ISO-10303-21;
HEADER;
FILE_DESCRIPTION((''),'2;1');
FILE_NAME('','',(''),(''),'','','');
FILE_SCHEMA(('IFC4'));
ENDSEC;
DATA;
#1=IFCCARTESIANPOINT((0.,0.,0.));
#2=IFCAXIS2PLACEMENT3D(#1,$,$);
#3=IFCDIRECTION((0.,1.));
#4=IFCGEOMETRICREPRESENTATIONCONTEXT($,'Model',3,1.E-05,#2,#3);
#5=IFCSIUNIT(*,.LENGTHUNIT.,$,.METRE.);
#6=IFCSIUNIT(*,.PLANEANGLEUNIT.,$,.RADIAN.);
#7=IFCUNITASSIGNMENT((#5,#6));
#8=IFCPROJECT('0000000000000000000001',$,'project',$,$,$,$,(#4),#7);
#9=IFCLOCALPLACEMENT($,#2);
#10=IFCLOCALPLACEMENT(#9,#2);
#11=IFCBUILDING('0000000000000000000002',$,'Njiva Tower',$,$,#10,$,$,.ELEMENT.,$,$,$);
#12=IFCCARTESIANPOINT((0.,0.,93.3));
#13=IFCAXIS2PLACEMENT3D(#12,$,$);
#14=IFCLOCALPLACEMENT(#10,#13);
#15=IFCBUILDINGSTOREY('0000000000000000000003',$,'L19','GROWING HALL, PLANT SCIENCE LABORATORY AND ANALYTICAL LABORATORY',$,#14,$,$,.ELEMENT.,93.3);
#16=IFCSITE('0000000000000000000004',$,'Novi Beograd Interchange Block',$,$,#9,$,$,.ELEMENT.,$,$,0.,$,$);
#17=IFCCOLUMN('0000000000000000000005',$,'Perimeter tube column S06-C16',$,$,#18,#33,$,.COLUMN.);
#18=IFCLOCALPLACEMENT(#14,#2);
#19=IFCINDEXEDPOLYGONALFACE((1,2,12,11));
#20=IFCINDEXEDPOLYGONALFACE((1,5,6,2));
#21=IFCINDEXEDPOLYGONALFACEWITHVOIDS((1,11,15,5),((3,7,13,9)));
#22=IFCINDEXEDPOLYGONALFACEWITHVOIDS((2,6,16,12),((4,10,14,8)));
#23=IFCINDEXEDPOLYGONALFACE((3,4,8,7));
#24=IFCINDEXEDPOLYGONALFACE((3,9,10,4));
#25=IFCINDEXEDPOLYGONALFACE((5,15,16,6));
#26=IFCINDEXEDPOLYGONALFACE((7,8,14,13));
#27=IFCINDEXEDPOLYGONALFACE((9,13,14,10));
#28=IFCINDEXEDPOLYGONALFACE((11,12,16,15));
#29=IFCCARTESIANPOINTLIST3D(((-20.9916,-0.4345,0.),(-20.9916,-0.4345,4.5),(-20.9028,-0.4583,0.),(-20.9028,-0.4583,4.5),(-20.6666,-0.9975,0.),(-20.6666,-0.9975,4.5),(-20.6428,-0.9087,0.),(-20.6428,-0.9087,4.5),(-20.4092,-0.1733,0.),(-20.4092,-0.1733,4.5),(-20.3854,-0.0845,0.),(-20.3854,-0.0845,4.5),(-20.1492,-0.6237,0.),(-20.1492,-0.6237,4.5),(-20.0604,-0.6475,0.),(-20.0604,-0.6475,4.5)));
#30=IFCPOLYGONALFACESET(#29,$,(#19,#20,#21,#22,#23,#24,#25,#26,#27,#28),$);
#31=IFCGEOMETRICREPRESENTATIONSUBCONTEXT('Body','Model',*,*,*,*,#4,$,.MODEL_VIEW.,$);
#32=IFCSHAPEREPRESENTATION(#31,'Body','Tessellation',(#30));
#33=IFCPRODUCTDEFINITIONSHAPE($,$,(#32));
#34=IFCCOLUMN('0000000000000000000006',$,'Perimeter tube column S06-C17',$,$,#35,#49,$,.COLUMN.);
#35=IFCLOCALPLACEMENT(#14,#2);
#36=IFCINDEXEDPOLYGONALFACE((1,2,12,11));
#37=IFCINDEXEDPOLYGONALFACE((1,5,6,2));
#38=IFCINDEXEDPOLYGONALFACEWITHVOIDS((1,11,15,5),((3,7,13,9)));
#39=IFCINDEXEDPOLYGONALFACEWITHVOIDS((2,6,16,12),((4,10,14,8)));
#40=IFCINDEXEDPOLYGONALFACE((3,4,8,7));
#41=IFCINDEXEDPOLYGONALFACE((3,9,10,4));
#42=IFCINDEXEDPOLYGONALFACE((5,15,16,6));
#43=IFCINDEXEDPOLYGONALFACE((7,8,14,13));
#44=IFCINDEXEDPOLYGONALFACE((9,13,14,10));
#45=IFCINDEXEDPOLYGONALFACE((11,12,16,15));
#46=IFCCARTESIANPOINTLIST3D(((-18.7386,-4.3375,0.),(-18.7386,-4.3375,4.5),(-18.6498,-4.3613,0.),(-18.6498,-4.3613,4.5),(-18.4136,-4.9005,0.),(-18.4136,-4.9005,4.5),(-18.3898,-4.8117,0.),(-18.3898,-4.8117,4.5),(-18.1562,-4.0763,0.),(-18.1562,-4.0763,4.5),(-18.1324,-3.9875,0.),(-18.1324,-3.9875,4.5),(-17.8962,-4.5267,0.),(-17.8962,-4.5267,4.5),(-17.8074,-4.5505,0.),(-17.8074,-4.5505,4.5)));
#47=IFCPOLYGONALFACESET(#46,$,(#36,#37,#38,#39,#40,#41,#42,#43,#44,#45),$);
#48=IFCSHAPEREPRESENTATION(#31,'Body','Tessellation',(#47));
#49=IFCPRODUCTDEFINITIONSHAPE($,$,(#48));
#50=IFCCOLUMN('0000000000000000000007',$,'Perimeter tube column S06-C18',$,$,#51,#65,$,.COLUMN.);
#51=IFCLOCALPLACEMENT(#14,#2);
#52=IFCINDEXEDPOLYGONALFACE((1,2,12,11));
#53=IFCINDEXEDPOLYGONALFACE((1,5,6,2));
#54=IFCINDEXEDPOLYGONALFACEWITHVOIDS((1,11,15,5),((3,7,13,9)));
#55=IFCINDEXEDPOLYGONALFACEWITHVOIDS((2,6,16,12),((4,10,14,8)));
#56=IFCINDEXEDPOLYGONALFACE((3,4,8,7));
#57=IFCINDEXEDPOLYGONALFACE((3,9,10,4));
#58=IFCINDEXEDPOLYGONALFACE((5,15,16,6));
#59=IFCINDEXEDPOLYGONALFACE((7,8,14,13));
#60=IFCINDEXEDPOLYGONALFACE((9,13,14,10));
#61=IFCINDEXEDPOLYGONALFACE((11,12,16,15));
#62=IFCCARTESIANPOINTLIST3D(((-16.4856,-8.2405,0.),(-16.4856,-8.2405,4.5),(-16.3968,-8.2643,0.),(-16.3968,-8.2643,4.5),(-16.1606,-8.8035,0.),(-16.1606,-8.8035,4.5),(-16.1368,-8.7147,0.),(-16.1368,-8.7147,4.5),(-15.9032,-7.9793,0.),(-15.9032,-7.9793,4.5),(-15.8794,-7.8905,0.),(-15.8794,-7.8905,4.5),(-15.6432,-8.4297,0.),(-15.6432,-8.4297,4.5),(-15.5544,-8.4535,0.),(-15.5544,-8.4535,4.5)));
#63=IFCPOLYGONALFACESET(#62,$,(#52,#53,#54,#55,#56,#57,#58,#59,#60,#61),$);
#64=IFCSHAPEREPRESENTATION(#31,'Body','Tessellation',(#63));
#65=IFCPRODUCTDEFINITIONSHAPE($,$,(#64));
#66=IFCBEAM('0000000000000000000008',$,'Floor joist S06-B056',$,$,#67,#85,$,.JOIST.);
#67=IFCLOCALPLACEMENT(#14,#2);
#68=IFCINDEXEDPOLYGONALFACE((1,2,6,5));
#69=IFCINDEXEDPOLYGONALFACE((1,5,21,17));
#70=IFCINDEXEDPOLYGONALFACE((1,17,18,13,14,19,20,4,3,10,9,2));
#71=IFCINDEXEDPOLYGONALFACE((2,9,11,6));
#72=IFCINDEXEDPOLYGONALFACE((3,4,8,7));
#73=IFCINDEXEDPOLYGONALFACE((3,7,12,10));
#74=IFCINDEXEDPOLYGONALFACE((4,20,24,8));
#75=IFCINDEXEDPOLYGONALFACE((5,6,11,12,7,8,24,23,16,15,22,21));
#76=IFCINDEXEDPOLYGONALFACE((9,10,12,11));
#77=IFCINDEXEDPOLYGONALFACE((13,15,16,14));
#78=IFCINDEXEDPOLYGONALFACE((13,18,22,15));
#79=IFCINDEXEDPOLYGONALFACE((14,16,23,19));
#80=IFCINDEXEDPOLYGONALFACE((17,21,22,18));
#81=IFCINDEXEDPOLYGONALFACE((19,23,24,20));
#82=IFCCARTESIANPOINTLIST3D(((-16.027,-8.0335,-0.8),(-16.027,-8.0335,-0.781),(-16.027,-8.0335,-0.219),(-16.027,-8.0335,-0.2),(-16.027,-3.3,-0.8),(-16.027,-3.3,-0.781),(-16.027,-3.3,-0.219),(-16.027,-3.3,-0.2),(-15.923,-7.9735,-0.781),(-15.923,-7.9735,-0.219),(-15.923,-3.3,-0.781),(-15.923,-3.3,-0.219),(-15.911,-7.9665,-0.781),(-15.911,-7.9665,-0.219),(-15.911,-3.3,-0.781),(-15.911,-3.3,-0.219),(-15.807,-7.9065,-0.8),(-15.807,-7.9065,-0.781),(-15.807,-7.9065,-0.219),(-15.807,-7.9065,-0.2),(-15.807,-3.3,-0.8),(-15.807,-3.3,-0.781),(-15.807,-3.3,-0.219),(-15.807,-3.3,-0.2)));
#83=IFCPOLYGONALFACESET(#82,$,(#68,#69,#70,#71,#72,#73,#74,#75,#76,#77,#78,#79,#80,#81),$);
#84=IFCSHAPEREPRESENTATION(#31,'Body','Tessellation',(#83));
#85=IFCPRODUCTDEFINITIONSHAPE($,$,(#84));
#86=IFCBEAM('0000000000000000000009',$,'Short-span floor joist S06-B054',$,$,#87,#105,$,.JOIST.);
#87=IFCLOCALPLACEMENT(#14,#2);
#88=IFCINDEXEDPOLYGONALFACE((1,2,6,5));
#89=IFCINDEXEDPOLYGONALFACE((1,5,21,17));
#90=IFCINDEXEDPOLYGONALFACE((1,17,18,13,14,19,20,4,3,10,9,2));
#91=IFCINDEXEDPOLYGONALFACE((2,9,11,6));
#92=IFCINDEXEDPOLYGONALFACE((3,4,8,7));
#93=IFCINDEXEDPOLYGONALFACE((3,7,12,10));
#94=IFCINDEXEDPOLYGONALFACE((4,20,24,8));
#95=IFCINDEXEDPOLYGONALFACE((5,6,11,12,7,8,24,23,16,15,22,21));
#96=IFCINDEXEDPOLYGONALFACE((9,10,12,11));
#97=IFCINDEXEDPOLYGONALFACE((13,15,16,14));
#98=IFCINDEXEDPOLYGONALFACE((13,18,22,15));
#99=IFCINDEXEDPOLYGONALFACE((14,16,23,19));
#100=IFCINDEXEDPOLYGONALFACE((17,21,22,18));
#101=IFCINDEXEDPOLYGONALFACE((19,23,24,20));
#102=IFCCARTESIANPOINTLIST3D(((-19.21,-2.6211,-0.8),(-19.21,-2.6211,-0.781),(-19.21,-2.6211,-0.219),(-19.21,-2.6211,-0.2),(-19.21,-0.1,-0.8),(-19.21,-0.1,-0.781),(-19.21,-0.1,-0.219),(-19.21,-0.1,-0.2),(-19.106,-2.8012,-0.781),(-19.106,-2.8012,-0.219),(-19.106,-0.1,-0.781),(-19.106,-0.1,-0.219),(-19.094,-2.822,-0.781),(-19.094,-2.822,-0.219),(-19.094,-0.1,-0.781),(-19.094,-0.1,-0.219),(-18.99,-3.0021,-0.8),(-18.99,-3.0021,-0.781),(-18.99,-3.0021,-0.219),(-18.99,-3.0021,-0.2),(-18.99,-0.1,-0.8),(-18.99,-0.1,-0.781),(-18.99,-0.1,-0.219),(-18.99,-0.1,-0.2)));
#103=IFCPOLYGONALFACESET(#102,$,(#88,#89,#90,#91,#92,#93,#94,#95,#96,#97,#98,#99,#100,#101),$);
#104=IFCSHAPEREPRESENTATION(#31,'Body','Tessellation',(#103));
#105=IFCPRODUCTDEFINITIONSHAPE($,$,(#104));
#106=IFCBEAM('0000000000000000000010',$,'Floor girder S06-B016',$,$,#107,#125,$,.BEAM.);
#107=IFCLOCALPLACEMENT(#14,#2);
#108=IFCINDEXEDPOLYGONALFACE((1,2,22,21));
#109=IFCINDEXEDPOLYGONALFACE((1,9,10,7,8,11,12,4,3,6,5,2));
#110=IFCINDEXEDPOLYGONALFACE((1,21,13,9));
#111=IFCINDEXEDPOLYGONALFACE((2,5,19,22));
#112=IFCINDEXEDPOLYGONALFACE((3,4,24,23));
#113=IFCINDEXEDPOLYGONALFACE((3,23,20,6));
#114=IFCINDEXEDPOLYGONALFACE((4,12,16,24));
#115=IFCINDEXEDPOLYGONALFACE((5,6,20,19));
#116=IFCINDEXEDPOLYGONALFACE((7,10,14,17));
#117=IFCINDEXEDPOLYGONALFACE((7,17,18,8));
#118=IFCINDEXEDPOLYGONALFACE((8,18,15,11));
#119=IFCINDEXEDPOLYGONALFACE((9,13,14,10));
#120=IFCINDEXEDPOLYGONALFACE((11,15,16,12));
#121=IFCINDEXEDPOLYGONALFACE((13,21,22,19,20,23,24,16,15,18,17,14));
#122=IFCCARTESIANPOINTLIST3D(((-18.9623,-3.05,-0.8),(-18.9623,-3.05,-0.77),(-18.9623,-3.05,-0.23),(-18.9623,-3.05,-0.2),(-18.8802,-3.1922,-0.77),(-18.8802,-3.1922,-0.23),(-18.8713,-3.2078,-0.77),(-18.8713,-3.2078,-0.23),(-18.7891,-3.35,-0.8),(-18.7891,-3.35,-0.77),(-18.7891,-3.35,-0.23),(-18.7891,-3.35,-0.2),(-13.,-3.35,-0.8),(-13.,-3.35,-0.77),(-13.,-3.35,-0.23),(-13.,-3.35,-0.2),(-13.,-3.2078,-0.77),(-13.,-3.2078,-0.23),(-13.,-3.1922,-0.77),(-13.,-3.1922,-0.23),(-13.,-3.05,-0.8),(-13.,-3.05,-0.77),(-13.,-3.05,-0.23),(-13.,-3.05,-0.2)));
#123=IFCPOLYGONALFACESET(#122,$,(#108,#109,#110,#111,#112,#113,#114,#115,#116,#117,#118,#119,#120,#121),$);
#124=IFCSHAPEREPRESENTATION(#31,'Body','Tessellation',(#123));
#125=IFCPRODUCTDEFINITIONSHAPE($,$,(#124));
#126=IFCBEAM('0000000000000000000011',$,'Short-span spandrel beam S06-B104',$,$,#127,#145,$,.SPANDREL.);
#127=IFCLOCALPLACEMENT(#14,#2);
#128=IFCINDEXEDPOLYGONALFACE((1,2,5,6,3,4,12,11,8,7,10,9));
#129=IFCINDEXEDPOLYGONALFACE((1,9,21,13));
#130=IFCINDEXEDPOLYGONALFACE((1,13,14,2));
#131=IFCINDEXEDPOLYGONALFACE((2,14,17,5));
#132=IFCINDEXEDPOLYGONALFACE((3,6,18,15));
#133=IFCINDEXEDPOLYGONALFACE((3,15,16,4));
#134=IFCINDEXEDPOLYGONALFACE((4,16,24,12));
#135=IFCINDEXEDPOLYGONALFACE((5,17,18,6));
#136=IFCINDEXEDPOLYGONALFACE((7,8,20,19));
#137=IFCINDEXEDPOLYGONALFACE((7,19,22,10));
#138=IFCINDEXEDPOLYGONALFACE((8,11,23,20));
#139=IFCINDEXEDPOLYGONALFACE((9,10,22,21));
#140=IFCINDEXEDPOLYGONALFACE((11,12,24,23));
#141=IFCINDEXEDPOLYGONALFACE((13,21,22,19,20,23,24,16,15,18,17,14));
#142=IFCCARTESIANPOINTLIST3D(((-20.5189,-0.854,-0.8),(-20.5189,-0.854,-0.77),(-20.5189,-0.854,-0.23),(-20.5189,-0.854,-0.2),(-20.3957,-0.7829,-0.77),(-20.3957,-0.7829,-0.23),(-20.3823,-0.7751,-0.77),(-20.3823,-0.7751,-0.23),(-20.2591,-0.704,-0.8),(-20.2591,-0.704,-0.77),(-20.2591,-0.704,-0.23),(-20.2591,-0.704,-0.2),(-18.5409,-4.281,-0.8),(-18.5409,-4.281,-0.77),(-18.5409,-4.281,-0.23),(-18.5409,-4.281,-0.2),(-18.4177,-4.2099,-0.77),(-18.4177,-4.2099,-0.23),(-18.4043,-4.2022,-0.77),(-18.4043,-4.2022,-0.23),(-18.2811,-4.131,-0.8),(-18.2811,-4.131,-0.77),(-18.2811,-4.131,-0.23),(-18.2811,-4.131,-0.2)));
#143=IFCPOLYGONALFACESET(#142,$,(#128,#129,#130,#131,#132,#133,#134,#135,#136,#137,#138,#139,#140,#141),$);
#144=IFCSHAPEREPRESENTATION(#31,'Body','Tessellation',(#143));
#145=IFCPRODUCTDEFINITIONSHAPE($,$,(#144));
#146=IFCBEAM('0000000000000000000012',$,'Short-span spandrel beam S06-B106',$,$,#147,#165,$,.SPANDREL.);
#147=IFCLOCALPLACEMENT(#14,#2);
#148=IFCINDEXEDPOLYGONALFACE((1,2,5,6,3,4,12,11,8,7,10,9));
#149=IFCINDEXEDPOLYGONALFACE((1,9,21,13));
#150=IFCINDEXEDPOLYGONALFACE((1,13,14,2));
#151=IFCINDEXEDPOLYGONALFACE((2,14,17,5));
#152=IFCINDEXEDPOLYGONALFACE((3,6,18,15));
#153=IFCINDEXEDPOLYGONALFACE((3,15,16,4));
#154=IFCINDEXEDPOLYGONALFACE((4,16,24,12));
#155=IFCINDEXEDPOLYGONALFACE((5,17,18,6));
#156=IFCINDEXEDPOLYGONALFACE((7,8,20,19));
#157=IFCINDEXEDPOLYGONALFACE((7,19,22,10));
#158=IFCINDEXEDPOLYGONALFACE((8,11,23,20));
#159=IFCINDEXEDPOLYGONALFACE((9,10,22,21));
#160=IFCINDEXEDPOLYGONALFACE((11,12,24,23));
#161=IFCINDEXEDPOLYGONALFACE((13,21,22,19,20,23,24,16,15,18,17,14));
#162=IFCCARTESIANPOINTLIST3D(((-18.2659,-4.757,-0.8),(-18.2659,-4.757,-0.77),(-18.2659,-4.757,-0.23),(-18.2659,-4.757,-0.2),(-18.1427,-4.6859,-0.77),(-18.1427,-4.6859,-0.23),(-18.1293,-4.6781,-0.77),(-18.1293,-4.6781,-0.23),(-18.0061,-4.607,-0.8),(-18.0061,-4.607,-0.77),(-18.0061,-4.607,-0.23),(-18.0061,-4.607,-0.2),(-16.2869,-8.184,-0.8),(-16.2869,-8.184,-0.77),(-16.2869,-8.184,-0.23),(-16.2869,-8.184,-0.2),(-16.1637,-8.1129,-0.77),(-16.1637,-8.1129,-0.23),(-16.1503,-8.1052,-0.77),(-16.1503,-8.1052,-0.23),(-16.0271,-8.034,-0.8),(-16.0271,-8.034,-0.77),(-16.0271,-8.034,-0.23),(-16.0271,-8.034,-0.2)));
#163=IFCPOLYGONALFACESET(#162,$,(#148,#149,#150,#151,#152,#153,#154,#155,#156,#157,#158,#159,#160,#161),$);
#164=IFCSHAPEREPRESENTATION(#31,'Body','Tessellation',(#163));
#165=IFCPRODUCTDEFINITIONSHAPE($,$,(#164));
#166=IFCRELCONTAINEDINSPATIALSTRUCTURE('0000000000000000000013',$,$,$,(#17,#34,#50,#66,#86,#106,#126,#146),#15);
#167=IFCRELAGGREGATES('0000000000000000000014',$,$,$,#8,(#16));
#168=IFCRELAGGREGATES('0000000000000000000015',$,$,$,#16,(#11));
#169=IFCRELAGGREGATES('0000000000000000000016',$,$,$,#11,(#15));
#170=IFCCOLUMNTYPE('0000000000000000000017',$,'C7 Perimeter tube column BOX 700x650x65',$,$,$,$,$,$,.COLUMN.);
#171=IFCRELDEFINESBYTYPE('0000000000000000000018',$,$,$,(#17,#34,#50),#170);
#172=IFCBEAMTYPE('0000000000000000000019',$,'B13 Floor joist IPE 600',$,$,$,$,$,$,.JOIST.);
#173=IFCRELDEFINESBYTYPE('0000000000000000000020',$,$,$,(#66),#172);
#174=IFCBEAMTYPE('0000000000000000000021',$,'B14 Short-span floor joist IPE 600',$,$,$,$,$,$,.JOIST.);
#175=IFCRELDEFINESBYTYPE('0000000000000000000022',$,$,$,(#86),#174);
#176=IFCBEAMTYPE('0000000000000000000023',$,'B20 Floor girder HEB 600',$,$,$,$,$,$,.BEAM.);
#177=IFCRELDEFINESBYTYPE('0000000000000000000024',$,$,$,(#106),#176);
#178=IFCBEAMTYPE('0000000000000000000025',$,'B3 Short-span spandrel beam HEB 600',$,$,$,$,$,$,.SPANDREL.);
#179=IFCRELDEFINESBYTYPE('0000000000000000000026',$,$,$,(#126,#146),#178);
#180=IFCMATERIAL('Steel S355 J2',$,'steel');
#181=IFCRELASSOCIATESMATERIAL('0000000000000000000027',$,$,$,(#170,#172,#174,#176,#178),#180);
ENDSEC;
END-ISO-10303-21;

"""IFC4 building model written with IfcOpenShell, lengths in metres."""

from ifc_helpers import new_model, si_unit, direction, frame, origin, origin_2d, place, context, subcontext, project, spatial, hollow_rectangle, i_section, extrude, clip, halfspace, material, material_profile, profile_set, type_object, element, save


model = new_model("IFC4")

# Units and contexts
model_context = context("Model", 3, precision=1e-05, world=origin(), true_north=direction((0.0, 1.0)))
body_context = subcontext(model_context, "Body", "Model", "MODEL_VIEW")
ifc_project = project(units=[si_unit("LENGTHUNIT", "METRE"), si_unit("PLANEANGLEUNIT", "RADIAN")], contexts=[model_context])

# Site, building, storey
site_placement = place(None, origin())
site = spatial("IfcSite", under=ifc_project, at=site_placement, Name="Novi Beograd Interchange Block", CompositionType="ELEMENT", RefElevation=0.0)
building_placement = place(site_placement, origin())
building = spatial("IfcBuilding", under=site, at=building_placement, Name="Njiva Tower", CompositionType="ELEMENT")
storey_placement = place(building_placement, frame((0.0, 0.0, 93.3)))
storey = spatial("IfcBuildingStorey", under=building, at=storey_placement, Name="L19", Description="GROWING HALL, PLANT SCIENCE LABORATORY AND ANALYTICAL LABORATORY", CompositionType="ELEMENT", Elevation=93.3)

# Columns
ifc_material_1 = material(Name="Steel S355 J2", Category="steel")
ifc_material_profile_1 = material_profile(ifc_material_1, hollow_rectangle(XDim=0.65, YDim=0.7, WallThickness=0.065, at=origin_2d()), Name="BOX 700x650x65")
ifc_profile_set_1 = profile_set([ifc_material_profile_1], Name="Steel S355 J2")
column_type = type_object("IfcColumnType", Name="C7 Perimeter tube column BOX 700x650x65", PredefinedType="COLUMN", material=ifc_profile_set_1)
for number, where, z_axis, x_axis, name in (
    (1, (-20.526, -0.541, 0.0), (0.0, 0.0, 1.0), (0.5, -0.866025, 0.0), "Perimeter tube column S06-C16"),
    (2, (-18.273, -4.444, 0.0), (0.0, 0.0, 1.0), (0.5, -0.866025, 0.0), "Perimeter tube column S06-C17"),
    (3, (-16.02, -8.347, 0.0), (0.0, 0.0, 1.0), (0.5, -0.866025, 0.0), "Perimeter tube column S06-C18"),
):
    element("IfcColumn", number, at=place(storey_placement, frame(where, z_axis=z_axis, x_axis=x_axis)), inside=storey, type_object=column_type, Name=name, PredefinedType="COLUMN", context=body_context, shape_type="SweptSolid", body=[
        extrude(hollow_rectangle(XDim=0.65, YDim=0.7, WallThickness=0.065, at=origin_2d()), origin(), (0.0, 0.0, 1.0), 4.5),
    ])

# Beams
ifc_material_profile_2 = material_profile(ifc_material_1, i_section(OverallWidth=0.22, OverallDepth=0.6, WebThickness=0.012, FlangeThickness=0.019, at=origin_2d()), Name="IPE 600")
ifc_profile_set_2 = profile_set([ifc_material_profile_2], Name="Steel S355 J2")
beam_type_1 = type_object("IfcBeamType", Name="B13 Floor joist IPE 600", PredefinedType="JOIST", material=ifc_profile_set_2)
beam_1_placement = place(storey_placement, frame((-15.917, -3.3, -0.5), z_axis=(0.0, -1.0, 0.0), x_axis=(1.0, 0.0, 0.0)))
element("IfcBeam", 4, at=beam_1_placement, inside=storey, type_object=beam_type_1, Name="Floor joist S06-B056", PredefinedType="JOIST", context=body_context, shape_type="Clipping", body=[
    clip(extrude(i_section(OverallWidth=0.22, OverallDepth=0.6, WebThickness=0.012, FlangeThickness=0.019, at=origin_2d()), origin(), (0.0, 0.0, 1.0), 4.754), halfspace(frame((0.0253, 0.0, 4.6554), z_axis=(0.499998, 0.0, 0.866027), x_axis=(0.0, 1.0, 0.0)), False)),
])
ifc_material_profile_3 = material_profile(ifc_material_1, i_section(OverallWidth=0.22, OverallDepth=0.6, WebThickness=0.012, FlangeThickness=0.019, at=origin_2d()), Name="IPE 600")
ifc_profile_set_3 = profile_set([ifc_material_profile_3], Name="Steel S355 J2")
beam_type_2 = type_object("IfcBeamType", Name="B14 Short-span floor joist IPE 600", PredefinedType="JOIST", material=ifc_profile_set_3)
beam_2_placement = place(storey_placement, frame((-19.1, -0.1, -0.5), z_axis=(0.0, -1.0, 0.0), x_axis=(1.0, 0.0, 0.0)))
element("IfcBeam", 5, at=beam_2_placement, inside=storey, type_object=beam_type_2, Name="Short-span floor joist S06-B054", PredefinedType="JOIST", context=body_context, shape_type="Clipping", body=[
    clip(extrude(i_section(OverallWidth=0.22, OverallDepth=0.6, WebThickness=0.012, FlangeThickness=0.019, at=origin_2d()), origin(), (0.0, 0.0, 1.0), 2.923), halfspace(frame((-0.0433, 0.0, 2.6366), z_axis=(-0.866027, 0.0, 0.499998), x_axis=(0.0, 1.0, 0.0)), False)),
])
ifc_material_profile_4 = material_profile(ifc_material_1, i_section(OverallWidth=0.3, OverallDepth=0.6, WebThickness=0.0155, FlangeThickness=0.03, at=origin_2d()), Name="HEB 600")
ifc_profile_set_4 = profile_set([ifc_material_profile_4], Name="Steel S355 J2")
beam_type_3 = type_object("IfcBeamType", Name="B20 Floor girder HEB 600", PredefinedType="BEAM", material=ifc_profile_set_4)
beam_3_placement = place(storey_placement, frame((-18.983, -3.2, -0.5), z_axis=(1.0, 0.0, 0.0), x_axis=(0.0, 1.0, 0.0)))
element("IfcBeam", 6, at=beam_3_placement, inside=storey, type_object=beam_type_3, Name="Floor girder S06-B016", PredefinedType="BEAM", context=body_context, shape_type="Clipping", body=[
    clip(extrude(i_section(OverallWidth=0.3, OverallDepth=0.6, WebThickness=0.0155, FlangeThickness=0.03, at=origin_2d()), origin(), (0.0, 0.0, 1.0), 5.983), halfspace(frame((-0.025, 0.0, 0.1217), z_axis=(-0.499998, 0.0, -0.866027), x_axis=(0.0, -1.0, 0.0)), False)),
])
ifc_material_profile_5 = material_profile(ifc_material_1, i_section(OverallWidth=0.3, OverallDepth=0.6, WebThickness=0.0155, FlangeThickness=0.03, at=origin_2d()), Name="HEB 600")
ifc_profile_set_5 = profile_set([ifc_material_profile_5], Name="Steel S355 J2")
beam_type_4 = type_object("IfcBeamType", Name="B3 Short-span spandrel beam HEB 600", PredefinedType="SPANDREL", material=ifc_profile_set_5)
beam_4_placement = place(storey_placement, frame((-20.389, -0.779, -0.5), z_axis=(0.49989, -0.866089, 0.0), x_axis=(0.866089, 0.49989, 0.0)))
element("IfcBeam", 7, at=beam_4_placement, inside=storey, type_object=beam_type_4, Name="Short-span spandrel beam S06-B104", PredefinedType="SPANDREL", context=body_context, shape_type="SweptSolid", body=[
    extrude(i_section(OverallWidth=0.3, OverallDepth=0.6, WebThickness=0.0155, FlangeThickness=0.03, at=origin_2d()), origin(), (0.0, 0.0, 1.0), 3.9569),
])
beam_5_placement = place(storey_placement, frame((-18.136, -4.682, -0.5), z_axis=(0.50008, -0.865979, 0.0), x_axis=(0.865979, 0.50008, 0.0)))
element("IfcBeam", 8, at=beam_5_placement, inside=storey, type_object=beam_type_4, Name="Short-span spandrel beam S06-B106", PredefinedType="SPANDREL", context=body_context, shape_type="SweptSolid", body=[
    extrude(i_section(OverallWidth=0.3, OverallDepth=0.6, WebThickness=0.0155, FlangeThickness=0.03, at=origin_2d()), origin(), (0.0, 0.0, 1.0), 3.9574),
])

save(model, "model.ifc")
